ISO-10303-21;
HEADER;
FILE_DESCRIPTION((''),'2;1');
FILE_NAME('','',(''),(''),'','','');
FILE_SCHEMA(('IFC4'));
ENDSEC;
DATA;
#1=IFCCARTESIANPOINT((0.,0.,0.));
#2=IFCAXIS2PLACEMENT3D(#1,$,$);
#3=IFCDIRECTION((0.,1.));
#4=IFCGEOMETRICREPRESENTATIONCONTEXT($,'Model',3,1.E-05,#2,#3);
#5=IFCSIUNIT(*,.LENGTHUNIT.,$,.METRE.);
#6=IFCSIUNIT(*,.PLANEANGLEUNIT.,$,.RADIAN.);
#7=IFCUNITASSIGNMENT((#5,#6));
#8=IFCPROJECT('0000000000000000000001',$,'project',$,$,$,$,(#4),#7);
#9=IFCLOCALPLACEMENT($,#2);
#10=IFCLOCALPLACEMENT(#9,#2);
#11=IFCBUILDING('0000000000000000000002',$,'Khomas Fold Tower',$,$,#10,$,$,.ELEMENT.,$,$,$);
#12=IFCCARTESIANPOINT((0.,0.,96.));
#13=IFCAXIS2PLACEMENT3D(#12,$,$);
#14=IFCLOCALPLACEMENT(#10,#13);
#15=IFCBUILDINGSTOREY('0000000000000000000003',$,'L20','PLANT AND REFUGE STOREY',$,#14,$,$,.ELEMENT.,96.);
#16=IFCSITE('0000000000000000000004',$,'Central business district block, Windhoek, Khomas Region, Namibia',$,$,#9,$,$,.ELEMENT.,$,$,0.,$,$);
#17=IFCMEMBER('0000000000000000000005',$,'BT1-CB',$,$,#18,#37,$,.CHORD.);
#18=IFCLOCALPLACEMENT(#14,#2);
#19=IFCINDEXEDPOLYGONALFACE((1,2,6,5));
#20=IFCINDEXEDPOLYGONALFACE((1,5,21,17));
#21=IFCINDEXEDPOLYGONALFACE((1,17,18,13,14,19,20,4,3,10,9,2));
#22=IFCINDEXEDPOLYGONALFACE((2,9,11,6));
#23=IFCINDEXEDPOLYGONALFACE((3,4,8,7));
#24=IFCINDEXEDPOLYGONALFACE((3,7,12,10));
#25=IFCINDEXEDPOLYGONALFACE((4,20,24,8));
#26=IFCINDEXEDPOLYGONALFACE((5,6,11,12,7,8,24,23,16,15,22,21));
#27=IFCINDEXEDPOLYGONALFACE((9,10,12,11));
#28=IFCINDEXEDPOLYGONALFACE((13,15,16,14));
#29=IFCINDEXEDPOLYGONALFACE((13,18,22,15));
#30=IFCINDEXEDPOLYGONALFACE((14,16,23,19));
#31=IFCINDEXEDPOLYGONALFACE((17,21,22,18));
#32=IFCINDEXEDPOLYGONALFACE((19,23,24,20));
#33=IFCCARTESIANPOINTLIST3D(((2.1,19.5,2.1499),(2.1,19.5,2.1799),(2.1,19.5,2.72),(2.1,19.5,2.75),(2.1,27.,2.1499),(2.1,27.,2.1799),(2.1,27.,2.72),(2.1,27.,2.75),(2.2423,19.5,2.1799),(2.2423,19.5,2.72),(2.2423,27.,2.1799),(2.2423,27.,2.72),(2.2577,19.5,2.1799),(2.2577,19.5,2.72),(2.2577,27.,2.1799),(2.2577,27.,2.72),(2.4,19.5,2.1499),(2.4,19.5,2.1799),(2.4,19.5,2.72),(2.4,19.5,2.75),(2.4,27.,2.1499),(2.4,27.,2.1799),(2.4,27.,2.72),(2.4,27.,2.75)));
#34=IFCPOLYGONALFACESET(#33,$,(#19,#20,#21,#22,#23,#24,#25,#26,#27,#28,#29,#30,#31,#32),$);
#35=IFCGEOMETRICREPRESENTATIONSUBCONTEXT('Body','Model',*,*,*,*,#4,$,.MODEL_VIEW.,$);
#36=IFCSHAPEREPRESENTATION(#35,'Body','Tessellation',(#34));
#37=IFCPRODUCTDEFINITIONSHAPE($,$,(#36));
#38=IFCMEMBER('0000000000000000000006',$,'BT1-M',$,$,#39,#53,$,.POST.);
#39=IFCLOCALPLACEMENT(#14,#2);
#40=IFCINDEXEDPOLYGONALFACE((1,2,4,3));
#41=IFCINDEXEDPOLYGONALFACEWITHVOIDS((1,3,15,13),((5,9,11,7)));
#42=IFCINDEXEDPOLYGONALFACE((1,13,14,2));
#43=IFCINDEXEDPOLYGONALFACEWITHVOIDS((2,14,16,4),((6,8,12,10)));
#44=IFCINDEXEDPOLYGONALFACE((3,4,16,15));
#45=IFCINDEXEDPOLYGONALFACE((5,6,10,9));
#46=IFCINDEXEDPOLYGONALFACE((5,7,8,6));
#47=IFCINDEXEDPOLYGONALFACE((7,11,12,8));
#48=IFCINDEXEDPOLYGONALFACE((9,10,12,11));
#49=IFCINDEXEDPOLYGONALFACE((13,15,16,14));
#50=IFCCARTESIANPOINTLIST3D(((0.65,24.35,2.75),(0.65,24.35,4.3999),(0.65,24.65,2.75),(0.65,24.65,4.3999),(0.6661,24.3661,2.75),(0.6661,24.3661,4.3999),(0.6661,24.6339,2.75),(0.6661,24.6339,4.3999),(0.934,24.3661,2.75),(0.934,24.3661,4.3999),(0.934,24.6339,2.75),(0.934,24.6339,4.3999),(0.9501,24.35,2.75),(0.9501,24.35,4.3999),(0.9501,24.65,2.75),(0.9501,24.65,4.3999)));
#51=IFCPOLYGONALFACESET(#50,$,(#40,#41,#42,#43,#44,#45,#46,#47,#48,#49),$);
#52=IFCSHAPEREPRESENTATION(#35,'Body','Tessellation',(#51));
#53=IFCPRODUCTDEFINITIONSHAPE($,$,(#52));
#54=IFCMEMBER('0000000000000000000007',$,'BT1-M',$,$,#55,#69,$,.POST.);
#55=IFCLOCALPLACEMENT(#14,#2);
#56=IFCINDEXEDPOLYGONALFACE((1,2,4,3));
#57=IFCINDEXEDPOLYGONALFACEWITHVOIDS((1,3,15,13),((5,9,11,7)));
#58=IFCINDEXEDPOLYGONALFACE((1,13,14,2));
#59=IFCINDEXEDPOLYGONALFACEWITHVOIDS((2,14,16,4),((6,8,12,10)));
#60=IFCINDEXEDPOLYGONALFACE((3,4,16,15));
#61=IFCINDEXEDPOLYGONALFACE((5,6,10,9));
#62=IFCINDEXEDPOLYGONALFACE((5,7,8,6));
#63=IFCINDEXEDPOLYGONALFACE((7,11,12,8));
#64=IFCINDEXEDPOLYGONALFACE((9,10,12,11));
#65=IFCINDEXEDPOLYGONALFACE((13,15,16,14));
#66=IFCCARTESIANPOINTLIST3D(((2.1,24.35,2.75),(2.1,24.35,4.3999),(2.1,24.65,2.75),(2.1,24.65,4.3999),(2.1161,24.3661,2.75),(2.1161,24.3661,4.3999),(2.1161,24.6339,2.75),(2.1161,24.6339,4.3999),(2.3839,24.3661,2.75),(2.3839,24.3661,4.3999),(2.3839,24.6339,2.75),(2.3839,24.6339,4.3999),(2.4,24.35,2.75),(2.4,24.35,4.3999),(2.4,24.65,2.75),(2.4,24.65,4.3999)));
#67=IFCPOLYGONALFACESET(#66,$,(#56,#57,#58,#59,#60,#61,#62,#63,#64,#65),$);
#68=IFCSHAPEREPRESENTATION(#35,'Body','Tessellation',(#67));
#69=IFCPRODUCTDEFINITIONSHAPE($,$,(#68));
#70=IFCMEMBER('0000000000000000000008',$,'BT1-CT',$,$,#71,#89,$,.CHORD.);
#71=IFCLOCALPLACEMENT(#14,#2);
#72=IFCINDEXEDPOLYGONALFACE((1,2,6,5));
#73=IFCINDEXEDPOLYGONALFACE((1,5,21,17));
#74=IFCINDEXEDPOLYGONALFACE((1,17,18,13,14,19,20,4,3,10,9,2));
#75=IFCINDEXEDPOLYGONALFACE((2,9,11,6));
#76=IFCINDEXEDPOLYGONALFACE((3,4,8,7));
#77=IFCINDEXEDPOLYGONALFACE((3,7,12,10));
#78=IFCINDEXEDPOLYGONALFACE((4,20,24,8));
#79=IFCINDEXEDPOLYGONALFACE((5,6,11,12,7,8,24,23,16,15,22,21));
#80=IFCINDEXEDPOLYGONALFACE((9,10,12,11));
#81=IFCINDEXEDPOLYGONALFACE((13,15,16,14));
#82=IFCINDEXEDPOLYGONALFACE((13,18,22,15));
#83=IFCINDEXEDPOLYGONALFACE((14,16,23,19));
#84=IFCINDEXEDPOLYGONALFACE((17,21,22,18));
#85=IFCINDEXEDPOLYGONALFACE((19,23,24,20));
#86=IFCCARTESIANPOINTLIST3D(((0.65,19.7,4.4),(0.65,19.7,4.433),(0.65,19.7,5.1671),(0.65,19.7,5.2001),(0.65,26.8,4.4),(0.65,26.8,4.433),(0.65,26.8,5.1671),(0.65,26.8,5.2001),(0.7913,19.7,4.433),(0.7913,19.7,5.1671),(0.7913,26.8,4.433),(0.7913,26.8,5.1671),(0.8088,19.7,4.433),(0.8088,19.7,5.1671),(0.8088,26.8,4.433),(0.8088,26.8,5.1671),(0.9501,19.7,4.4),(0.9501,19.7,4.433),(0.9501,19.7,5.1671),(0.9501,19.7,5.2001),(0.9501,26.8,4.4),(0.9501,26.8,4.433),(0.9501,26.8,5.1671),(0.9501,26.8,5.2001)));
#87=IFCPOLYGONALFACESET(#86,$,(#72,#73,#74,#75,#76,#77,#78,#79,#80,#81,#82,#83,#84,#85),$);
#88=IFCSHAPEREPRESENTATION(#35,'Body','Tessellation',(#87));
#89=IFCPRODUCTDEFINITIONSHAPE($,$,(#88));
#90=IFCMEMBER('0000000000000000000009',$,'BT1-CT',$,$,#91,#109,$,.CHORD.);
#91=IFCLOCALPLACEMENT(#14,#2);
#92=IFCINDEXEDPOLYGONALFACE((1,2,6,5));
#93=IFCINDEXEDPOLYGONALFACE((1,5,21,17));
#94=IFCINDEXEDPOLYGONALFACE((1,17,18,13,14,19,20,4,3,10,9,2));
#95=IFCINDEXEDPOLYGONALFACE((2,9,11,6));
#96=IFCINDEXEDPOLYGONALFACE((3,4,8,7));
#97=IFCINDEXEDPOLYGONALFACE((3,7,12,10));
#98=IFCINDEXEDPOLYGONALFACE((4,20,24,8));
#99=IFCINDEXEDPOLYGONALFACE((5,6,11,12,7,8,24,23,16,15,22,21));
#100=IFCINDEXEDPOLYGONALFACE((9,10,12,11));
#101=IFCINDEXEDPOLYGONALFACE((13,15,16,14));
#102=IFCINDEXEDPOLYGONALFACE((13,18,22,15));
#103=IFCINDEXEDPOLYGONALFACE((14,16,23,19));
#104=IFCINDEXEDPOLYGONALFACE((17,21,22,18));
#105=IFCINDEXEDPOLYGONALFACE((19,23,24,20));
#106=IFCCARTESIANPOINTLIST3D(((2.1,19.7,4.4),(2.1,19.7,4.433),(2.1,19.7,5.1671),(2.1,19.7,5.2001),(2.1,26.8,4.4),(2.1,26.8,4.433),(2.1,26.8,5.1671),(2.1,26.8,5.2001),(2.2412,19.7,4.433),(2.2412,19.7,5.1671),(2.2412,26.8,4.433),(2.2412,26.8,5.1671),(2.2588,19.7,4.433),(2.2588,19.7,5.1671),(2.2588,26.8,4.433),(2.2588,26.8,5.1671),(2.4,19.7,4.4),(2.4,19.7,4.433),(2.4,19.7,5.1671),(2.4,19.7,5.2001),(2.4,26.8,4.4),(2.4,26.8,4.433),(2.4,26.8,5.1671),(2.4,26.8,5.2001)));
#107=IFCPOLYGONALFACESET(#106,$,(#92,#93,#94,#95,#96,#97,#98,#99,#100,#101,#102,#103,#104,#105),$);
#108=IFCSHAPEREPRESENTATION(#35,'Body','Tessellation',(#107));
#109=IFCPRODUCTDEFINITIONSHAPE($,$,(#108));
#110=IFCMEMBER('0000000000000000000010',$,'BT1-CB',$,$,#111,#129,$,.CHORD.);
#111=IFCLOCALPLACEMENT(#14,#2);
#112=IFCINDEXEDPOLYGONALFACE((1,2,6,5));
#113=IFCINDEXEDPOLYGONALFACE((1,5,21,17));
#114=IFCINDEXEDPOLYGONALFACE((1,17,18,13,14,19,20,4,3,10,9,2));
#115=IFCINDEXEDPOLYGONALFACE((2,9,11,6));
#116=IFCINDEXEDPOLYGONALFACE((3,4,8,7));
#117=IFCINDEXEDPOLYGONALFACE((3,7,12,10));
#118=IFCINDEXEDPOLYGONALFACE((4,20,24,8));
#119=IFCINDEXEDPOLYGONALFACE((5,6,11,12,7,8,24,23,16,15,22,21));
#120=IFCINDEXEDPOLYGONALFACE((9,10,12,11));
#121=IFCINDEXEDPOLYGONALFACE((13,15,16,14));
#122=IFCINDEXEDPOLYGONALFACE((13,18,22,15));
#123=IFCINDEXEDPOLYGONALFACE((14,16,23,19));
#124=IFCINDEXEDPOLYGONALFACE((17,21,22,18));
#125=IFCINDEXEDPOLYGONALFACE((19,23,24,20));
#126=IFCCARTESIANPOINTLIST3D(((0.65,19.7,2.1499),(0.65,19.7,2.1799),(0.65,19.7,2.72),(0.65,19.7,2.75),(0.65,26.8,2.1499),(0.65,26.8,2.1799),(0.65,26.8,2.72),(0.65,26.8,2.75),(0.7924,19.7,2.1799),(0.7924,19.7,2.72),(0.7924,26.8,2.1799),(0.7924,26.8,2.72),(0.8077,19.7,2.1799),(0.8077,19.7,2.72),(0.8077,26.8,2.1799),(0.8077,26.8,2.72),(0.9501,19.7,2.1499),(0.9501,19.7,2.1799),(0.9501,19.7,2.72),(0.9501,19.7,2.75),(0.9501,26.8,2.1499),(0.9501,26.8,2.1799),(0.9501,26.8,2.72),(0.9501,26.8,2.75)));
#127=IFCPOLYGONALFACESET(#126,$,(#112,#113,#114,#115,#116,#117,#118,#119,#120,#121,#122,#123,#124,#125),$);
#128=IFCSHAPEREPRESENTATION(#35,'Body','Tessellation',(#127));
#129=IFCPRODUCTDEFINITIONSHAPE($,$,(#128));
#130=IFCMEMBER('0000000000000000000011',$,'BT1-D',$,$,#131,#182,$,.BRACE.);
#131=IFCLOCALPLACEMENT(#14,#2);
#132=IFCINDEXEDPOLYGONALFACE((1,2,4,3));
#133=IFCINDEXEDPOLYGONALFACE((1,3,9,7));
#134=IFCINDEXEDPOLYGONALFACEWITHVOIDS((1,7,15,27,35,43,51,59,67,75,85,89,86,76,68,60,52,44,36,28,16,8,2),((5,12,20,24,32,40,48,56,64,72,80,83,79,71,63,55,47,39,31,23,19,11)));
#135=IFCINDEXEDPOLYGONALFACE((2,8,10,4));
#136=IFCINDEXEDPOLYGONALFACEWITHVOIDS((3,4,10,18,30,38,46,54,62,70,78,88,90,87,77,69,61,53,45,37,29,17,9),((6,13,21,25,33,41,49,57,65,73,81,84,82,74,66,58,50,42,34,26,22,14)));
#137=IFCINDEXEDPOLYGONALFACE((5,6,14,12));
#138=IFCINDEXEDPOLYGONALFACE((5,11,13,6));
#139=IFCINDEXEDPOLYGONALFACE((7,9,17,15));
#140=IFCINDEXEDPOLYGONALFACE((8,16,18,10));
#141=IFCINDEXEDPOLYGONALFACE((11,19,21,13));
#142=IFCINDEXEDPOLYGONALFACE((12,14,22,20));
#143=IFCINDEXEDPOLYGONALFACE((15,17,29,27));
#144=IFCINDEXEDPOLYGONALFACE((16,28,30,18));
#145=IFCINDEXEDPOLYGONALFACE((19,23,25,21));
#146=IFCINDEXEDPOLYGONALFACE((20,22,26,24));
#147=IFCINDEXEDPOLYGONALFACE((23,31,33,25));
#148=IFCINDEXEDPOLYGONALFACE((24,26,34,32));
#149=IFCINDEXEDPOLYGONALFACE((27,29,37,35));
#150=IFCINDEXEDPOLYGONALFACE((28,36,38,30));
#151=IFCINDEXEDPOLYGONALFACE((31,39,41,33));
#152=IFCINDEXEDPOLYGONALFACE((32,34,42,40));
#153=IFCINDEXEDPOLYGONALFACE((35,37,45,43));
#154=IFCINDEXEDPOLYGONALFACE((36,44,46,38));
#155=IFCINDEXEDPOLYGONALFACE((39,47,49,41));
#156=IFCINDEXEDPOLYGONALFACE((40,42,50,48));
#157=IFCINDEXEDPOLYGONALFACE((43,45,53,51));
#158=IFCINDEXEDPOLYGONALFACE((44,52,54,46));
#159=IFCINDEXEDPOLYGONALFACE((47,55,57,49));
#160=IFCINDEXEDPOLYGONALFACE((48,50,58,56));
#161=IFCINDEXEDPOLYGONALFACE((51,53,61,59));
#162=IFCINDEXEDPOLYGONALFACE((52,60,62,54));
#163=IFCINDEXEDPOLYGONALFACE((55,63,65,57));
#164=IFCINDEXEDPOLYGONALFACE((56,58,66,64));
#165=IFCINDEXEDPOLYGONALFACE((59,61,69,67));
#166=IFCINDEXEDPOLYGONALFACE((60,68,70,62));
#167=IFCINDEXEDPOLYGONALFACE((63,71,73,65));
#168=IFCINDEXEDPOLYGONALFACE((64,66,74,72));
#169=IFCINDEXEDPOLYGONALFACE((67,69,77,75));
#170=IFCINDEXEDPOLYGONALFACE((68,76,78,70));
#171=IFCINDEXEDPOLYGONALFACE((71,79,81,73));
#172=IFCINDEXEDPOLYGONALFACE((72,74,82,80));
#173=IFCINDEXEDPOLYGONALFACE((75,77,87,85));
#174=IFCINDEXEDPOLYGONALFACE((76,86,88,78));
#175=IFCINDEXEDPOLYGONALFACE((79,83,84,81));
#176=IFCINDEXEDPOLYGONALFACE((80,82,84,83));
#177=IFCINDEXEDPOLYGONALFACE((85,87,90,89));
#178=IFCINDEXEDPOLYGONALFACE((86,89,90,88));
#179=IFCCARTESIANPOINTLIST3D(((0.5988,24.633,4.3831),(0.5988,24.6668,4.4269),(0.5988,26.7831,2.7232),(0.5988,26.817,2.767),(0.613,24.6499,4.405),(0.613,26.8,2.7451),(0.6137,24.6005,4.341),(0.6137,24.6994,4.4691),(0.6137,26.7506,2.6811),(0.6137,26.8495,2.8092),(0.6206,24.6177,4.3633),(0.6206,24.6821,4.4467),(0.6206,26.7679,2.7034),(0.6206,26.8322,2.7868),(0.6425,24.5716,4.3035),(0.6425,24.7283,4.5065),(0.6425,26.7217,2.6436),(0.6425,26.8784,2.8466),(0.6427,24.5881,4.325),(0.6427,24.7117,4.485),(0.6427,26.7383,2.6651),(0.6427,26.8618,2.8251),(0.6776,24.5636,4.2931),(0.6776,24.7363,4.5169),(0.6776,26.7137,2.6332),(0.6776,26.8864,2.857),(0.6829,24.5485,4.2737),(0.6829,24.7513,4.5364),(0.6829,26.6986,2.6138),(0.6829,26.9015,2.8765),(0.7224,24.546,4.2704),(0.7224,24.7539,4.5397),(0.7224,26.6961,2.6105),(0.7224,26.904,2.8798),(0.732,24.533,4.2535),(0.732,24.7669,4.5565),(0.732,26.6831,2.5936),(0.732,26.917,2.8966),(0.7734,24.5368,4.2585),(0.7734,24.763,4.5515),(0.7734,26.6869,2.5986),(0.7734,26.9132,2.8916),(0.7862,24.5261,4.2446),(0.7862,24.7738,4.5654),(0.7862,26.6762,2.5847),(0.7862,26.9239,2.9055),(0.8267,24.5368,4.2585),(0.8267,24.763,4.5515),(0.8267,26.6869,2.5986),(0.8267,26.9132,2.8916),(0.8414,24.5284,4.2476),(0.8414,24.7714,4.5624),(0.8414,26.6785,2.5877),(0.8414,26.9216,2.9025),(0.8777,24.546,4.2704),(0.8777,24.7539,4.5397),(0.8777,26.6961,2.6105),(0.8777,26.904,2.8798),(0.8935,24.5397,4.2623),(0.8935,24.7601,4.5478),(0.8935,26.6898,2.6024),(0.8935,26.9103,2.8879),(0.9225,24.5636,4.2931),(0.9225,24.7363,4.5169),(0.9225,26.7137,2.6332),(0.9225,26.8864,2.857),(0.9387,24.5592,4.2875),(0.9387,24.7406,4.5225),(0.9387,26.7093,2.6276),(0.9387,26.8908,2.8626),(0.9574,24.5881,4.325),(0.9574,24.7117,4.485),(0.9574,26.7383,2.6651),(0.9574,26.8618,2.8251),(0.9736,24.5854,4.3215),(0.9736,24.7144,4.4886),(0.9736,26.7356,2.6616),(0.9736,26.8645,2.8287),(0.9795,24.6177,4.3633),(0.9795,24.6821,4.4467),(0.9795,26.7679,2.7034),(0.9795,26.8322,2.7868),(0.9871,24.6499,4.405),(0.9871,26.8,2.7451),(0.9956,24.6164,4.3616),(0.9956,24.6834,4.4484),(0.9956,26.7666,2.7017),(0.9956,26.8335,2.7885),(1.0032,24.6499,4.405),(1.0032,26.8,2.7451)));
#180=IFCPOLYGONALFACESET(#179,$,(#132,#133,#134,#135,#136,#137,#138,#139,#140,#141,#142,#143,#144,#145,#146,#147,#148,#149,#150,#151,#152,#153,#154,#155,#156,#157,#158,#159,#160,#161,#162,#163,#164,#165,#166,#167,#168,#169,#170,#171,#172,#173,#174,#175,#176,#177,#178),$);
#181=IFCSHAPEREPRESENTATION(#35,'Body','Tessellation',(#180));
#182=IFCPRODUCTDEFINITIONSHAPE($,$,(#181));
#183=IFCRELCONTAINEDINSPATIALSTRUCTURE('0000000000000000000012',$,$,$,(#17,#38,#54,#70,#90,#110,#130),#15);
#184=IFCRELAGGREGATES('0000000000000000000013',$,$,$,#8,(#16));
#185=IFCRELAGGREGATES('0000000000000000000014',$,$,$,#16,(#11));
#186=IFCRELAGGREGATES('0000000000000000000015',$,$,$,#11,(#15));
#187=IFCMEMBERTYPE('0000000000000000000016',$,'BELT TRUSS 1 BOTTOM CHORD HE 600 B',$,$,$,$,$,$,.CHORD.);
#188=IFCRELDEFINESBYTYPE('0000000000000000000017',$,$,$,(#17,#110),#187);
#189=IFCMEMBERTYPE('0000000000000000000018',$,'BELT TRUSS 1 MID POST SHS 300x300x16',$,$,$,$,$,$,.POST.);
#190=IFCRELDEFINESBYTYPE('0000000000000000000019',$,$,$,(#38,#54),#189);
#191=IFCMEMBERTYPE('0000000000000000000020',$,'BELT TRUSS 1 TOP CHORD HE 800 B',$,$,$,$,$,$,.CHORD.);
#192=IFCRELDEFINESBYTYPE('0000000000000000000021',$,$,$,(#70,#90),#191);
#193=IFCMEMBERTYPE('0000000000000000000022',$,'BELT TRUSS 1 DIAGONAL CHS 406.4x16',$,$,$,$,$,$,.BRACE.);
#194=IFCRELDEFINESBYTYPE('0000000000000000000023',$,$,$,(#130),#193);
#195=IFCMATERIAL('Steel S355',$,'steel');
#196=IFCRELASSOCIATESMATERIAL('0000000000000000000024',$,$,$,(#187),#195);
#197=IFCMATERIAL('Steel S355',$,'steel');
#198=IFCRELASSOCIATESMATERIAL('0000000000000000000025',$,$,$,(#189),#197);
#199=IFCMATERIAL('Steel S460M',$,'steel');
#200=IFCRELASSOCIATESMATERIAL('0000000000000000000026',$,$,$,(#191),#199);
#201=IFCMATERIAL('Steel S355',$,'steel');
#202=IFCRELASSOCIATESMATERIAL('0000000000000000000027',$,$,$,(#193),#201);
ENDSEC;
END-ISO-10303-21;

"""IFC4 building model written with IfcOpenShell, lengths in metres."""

from ifc_helpers import new_model, si_unit, direction, frame, origin, origin_2d, place, context, subcontext, project, spatial, hollow_rectangle, hollow_circle, i_section, extrude, source, transform, mapped, material, material_profile, profile_set, type_object, element, save


model = new_model("IFC4")

# Units and contexts
model_context = context("Model", 3, precision=1e-05, world=origin(), true_north=direction((0.0, 1.0)))
body_context = subcontext(model_context, "Body", "Model", "MODEL_VIEW")
ifc_project = project(units=[si_unit("LENGTHUNIT", "METRE"), si_unit("PLANEANGLEUNIT", "RADIAN")], contexts=[model_context])

# Site, building, storey
site_placement = place(None, origin())
site = spatial("IfcSite", under=ifc_project, at=site_placement, Name="Central business district block, Windhoek, Khomas Region, Namibia", CompositionType="ELEMENT", RefElevation=0.0)
building_placement = place(site_placement, origin())
building = spatial("IfcBuilding", under=site, at=building_placement, Name="Khomas Fold Tower", CompositionType="ELEMENT")
storey_placement = place(building_placement, frame((0.0, 0.0, 96.0)))
storey = spatial("IfcBuildingStorey", under=building, at=storey_placement, Name="L20", Description="PLANT AND REFUGE STOREY", CompositionType="ELEMENT", Elevation=96.0)

# Members
ifc_material_1 = material(Name="Steel S355", Category="steel")
ifc_material_profile_1 = material_profile(ifc_material_1, i_section(OverallWidth=0.3, OverallDepth=0.6001, WebThickness=0.0154, FlangeThickness=0.03, at=origin_2d()), Name="HE 600 B")
ifc_profile_set_1 = profile_set([ifc_material_profile_1], Name="Steel S355")
member_type_1 = type_object("IfcMemberType", Name="BELT TRUSS 1 BOTTOM CHORD HE 600 B", PredefinedType="CHORD", material=ifc_profile_set_1)
shared_shape_1 = source(origin(), body_context, "Body", "SweptSolid", [
    extrude(i_section(OverallWidth=0.3, OverallDepth=0.6001, WebThickness=0.0154, FlangeThickness=0.03, at=origin_2d()), origin(), (0.0, 0.0, 1.0), 7.5),
])
member_1_placement = place(storey_placement, frame((2.25, 27.0, 2.45), z_axis=(0.0, -1.0, 0.0), x_axis=(1.0, 0.0, 0.0)))
element("IfcMember", 1, at=member_1_placement, inside=storey, type_object=member_type_1, Name="BT1-CB", PredefinedType="CHORD", context=body_context, shape_type="MappedRepresentation", body=[
    mapped(shared_shape_1, transform((0.0, 0.0, 0.0))),
])
ifc_material_2 = material(Name="Steel S355", Category="steel")
ifc_material_profile_2 = material_profile(ifc_material_2, hollow_rectangle(XDim=0.3, YDim=0.3, WallThickness=0.0161, at=origin_2d()), Name="SHS 300x300x16")
ifc_profile_set_2 = profile_set([ifc_material_profile_2], Name="Steel S355")
member_type_2 = type_object("IfcMemberType", Name="BELT TRUSS 1 MID POST SHS 300x300x16", PredefinedType="POST", material=ifc_profile_set_2)
shared_shape_2 = source(origin(), body_context, "Body", "SweptSolid", [
    extrude(hollow_rectangle(XDim=0.3, YDim=0.3, WallThickness=0.0161, at=origin_2d()), origin(), (0.0, 0.0, 1.0), 1.6499),
])
for number, where, z_axis, x_axis, name in (
    (2, (0.8, 24.5, 2.75), (0.0, 0.0, 1.0), (1.0, 0.0, 0.0), "BT1-M"),
    (3, (2.25, 24.5, 2.75), (0.0, 0.0, 1.0), (1.0, 0.0, 0.0), "BT1-M"),
):
    element("IfcMember", number, at=place(storey_placement, frame(where, z_axis=z_axis, x_axis=x_axis)), inside=storey, type_object=member_type_2, Name=name, PredefinedType="POST", context=body_context, shape_type="MappedRepresentation", body=[
        mapped(shared_shape_2, transform((0.0, 0.0, 0.0))),
    ])
ifc_material_3 = material(Name="Steel S460M", Category="steel")
ifc_material_profile_3 = material_profile(ifc_material_3, i_section(OverallWidth=0.3, OverallDepth=0.8, WebThickness=0.0176, FlangeThickness=0.033, at=origin_2d()), Name="HE 800 B")
ifc_profile_set_3 = profile_set([ifc_material_profile_3], Name="Steel S460M")
member_type_3 = type_object("IfcMemberType", Name="BELT TRUSS 1 TOP CHORD HE 800 B", PredefinedType="CHORD", material=ifc_profile_set_3)
shared_shape_3 = source(origin(), body_context, "Body", "SweptSolid", [
    extrude(i_section(OverallWidth=0.3, OverallDepth=0.8, WebThickness=0.0176, FlangeThickness=0.033, at=origin_2d()), origin(), (0.0, 0.0, 1.0), 7.1001),
])
for number, where, z_axis, x_axis, name in (
    (4, (0.8, 26.8, 4.8), (0.0, -1.0, 0.0), (1.0, 0.0, 0.0), "BT1-CT"),
    (5, (2.25, 26.8, 4.8), (0.0, -1.0, 0.0), (1.0, 0.0, 0.0), "BT1-CT"),
):
    element("IfcMember", number, at=place(storey_placement, frame(where, z_axis=z_axis, x_axis=x_axis)), inside=storey, type_object=member_type_3, Name=name, PredefinedType="CHORD", context=body_context, shape_type="MappedRepresentation", body=[
        mapped(shared_shape_3, transform((0.0, 0.0, 0.0))),
    ])
shared_shape_4 = source(origin(), body_context, "Body", "SweptSolid", [
    extrude(i_section(OverallWidth=0.3, OverallDepth=0.6001, WebThickness=0.0154, FlangeThickness=0.03, at=origin_2d()), origin(), (0.0, 0.0, 1.0), 7.1001),
])
member_2_placement = place(storey_placement, frame((0.8, 26.8, 2.45), z_axis=(0.0, -1.0, 0.0), x_axis=(1.0, 0.0, 0.0)))
element("IfcMember", 6, at=member_2_placement, inside=storey, type_object=member_type_1, Name="BT1-CB", PredefinedType="CHORD", context=body_context, shape_type="MappedRepresentation", body=[
    mapped(shared_shape_4, transform((0.0, 0.0, 0.0))),
])
ifc_material_4 = material(Name="Steel S355", Category="steel")
ifc_material_profile_4 = material_profile(ifc_material_4, hollow_circle(Radius=0.2031, WallThickness=0.0161, at=origin_2d()), Name="CHS 406.4x16")
ifc_profile_set_4 = profile_set([ifc_material_profile_4], Name="Steel S355")
member_type_4 = type_object("IfcMemberType", Name="BELT TRUSS 1 DIAGONAL CHS 406.4x16", PredefinedType="BRACE", material=ifc_profile_set_4)
shared_shape_5 = source(origin(), body_context, "Body", "SweptSolid", [
    extrude(hollow_circle(Radius=0.2031, WallThickness=0.0161, at=origin_2d()), origin(), (0.0, 0.0, 1.0), 2.7163),
])
for number, where, z_axis, x_axis, name in (
    (7, (0.8, 26.8, 2.7451), (0.0, -0.791564, 0.611087), (1.0, 0.0, 0.0), "BT1-D"),
):
    element("IfcMember", number, at=place(storey_placement, frame(where, z_axis=z_axis, x_axis=x_axis)), inside=storey, type_object=member_type_4, Name=name, PredefinedType="BRACE", context=body_context, shape_type="MappedRepresentation", body=[
        mapped(shared_shape_5, transform((0.0, 0.0, 0.0))),
    ])

save(model, "model.ifc")
